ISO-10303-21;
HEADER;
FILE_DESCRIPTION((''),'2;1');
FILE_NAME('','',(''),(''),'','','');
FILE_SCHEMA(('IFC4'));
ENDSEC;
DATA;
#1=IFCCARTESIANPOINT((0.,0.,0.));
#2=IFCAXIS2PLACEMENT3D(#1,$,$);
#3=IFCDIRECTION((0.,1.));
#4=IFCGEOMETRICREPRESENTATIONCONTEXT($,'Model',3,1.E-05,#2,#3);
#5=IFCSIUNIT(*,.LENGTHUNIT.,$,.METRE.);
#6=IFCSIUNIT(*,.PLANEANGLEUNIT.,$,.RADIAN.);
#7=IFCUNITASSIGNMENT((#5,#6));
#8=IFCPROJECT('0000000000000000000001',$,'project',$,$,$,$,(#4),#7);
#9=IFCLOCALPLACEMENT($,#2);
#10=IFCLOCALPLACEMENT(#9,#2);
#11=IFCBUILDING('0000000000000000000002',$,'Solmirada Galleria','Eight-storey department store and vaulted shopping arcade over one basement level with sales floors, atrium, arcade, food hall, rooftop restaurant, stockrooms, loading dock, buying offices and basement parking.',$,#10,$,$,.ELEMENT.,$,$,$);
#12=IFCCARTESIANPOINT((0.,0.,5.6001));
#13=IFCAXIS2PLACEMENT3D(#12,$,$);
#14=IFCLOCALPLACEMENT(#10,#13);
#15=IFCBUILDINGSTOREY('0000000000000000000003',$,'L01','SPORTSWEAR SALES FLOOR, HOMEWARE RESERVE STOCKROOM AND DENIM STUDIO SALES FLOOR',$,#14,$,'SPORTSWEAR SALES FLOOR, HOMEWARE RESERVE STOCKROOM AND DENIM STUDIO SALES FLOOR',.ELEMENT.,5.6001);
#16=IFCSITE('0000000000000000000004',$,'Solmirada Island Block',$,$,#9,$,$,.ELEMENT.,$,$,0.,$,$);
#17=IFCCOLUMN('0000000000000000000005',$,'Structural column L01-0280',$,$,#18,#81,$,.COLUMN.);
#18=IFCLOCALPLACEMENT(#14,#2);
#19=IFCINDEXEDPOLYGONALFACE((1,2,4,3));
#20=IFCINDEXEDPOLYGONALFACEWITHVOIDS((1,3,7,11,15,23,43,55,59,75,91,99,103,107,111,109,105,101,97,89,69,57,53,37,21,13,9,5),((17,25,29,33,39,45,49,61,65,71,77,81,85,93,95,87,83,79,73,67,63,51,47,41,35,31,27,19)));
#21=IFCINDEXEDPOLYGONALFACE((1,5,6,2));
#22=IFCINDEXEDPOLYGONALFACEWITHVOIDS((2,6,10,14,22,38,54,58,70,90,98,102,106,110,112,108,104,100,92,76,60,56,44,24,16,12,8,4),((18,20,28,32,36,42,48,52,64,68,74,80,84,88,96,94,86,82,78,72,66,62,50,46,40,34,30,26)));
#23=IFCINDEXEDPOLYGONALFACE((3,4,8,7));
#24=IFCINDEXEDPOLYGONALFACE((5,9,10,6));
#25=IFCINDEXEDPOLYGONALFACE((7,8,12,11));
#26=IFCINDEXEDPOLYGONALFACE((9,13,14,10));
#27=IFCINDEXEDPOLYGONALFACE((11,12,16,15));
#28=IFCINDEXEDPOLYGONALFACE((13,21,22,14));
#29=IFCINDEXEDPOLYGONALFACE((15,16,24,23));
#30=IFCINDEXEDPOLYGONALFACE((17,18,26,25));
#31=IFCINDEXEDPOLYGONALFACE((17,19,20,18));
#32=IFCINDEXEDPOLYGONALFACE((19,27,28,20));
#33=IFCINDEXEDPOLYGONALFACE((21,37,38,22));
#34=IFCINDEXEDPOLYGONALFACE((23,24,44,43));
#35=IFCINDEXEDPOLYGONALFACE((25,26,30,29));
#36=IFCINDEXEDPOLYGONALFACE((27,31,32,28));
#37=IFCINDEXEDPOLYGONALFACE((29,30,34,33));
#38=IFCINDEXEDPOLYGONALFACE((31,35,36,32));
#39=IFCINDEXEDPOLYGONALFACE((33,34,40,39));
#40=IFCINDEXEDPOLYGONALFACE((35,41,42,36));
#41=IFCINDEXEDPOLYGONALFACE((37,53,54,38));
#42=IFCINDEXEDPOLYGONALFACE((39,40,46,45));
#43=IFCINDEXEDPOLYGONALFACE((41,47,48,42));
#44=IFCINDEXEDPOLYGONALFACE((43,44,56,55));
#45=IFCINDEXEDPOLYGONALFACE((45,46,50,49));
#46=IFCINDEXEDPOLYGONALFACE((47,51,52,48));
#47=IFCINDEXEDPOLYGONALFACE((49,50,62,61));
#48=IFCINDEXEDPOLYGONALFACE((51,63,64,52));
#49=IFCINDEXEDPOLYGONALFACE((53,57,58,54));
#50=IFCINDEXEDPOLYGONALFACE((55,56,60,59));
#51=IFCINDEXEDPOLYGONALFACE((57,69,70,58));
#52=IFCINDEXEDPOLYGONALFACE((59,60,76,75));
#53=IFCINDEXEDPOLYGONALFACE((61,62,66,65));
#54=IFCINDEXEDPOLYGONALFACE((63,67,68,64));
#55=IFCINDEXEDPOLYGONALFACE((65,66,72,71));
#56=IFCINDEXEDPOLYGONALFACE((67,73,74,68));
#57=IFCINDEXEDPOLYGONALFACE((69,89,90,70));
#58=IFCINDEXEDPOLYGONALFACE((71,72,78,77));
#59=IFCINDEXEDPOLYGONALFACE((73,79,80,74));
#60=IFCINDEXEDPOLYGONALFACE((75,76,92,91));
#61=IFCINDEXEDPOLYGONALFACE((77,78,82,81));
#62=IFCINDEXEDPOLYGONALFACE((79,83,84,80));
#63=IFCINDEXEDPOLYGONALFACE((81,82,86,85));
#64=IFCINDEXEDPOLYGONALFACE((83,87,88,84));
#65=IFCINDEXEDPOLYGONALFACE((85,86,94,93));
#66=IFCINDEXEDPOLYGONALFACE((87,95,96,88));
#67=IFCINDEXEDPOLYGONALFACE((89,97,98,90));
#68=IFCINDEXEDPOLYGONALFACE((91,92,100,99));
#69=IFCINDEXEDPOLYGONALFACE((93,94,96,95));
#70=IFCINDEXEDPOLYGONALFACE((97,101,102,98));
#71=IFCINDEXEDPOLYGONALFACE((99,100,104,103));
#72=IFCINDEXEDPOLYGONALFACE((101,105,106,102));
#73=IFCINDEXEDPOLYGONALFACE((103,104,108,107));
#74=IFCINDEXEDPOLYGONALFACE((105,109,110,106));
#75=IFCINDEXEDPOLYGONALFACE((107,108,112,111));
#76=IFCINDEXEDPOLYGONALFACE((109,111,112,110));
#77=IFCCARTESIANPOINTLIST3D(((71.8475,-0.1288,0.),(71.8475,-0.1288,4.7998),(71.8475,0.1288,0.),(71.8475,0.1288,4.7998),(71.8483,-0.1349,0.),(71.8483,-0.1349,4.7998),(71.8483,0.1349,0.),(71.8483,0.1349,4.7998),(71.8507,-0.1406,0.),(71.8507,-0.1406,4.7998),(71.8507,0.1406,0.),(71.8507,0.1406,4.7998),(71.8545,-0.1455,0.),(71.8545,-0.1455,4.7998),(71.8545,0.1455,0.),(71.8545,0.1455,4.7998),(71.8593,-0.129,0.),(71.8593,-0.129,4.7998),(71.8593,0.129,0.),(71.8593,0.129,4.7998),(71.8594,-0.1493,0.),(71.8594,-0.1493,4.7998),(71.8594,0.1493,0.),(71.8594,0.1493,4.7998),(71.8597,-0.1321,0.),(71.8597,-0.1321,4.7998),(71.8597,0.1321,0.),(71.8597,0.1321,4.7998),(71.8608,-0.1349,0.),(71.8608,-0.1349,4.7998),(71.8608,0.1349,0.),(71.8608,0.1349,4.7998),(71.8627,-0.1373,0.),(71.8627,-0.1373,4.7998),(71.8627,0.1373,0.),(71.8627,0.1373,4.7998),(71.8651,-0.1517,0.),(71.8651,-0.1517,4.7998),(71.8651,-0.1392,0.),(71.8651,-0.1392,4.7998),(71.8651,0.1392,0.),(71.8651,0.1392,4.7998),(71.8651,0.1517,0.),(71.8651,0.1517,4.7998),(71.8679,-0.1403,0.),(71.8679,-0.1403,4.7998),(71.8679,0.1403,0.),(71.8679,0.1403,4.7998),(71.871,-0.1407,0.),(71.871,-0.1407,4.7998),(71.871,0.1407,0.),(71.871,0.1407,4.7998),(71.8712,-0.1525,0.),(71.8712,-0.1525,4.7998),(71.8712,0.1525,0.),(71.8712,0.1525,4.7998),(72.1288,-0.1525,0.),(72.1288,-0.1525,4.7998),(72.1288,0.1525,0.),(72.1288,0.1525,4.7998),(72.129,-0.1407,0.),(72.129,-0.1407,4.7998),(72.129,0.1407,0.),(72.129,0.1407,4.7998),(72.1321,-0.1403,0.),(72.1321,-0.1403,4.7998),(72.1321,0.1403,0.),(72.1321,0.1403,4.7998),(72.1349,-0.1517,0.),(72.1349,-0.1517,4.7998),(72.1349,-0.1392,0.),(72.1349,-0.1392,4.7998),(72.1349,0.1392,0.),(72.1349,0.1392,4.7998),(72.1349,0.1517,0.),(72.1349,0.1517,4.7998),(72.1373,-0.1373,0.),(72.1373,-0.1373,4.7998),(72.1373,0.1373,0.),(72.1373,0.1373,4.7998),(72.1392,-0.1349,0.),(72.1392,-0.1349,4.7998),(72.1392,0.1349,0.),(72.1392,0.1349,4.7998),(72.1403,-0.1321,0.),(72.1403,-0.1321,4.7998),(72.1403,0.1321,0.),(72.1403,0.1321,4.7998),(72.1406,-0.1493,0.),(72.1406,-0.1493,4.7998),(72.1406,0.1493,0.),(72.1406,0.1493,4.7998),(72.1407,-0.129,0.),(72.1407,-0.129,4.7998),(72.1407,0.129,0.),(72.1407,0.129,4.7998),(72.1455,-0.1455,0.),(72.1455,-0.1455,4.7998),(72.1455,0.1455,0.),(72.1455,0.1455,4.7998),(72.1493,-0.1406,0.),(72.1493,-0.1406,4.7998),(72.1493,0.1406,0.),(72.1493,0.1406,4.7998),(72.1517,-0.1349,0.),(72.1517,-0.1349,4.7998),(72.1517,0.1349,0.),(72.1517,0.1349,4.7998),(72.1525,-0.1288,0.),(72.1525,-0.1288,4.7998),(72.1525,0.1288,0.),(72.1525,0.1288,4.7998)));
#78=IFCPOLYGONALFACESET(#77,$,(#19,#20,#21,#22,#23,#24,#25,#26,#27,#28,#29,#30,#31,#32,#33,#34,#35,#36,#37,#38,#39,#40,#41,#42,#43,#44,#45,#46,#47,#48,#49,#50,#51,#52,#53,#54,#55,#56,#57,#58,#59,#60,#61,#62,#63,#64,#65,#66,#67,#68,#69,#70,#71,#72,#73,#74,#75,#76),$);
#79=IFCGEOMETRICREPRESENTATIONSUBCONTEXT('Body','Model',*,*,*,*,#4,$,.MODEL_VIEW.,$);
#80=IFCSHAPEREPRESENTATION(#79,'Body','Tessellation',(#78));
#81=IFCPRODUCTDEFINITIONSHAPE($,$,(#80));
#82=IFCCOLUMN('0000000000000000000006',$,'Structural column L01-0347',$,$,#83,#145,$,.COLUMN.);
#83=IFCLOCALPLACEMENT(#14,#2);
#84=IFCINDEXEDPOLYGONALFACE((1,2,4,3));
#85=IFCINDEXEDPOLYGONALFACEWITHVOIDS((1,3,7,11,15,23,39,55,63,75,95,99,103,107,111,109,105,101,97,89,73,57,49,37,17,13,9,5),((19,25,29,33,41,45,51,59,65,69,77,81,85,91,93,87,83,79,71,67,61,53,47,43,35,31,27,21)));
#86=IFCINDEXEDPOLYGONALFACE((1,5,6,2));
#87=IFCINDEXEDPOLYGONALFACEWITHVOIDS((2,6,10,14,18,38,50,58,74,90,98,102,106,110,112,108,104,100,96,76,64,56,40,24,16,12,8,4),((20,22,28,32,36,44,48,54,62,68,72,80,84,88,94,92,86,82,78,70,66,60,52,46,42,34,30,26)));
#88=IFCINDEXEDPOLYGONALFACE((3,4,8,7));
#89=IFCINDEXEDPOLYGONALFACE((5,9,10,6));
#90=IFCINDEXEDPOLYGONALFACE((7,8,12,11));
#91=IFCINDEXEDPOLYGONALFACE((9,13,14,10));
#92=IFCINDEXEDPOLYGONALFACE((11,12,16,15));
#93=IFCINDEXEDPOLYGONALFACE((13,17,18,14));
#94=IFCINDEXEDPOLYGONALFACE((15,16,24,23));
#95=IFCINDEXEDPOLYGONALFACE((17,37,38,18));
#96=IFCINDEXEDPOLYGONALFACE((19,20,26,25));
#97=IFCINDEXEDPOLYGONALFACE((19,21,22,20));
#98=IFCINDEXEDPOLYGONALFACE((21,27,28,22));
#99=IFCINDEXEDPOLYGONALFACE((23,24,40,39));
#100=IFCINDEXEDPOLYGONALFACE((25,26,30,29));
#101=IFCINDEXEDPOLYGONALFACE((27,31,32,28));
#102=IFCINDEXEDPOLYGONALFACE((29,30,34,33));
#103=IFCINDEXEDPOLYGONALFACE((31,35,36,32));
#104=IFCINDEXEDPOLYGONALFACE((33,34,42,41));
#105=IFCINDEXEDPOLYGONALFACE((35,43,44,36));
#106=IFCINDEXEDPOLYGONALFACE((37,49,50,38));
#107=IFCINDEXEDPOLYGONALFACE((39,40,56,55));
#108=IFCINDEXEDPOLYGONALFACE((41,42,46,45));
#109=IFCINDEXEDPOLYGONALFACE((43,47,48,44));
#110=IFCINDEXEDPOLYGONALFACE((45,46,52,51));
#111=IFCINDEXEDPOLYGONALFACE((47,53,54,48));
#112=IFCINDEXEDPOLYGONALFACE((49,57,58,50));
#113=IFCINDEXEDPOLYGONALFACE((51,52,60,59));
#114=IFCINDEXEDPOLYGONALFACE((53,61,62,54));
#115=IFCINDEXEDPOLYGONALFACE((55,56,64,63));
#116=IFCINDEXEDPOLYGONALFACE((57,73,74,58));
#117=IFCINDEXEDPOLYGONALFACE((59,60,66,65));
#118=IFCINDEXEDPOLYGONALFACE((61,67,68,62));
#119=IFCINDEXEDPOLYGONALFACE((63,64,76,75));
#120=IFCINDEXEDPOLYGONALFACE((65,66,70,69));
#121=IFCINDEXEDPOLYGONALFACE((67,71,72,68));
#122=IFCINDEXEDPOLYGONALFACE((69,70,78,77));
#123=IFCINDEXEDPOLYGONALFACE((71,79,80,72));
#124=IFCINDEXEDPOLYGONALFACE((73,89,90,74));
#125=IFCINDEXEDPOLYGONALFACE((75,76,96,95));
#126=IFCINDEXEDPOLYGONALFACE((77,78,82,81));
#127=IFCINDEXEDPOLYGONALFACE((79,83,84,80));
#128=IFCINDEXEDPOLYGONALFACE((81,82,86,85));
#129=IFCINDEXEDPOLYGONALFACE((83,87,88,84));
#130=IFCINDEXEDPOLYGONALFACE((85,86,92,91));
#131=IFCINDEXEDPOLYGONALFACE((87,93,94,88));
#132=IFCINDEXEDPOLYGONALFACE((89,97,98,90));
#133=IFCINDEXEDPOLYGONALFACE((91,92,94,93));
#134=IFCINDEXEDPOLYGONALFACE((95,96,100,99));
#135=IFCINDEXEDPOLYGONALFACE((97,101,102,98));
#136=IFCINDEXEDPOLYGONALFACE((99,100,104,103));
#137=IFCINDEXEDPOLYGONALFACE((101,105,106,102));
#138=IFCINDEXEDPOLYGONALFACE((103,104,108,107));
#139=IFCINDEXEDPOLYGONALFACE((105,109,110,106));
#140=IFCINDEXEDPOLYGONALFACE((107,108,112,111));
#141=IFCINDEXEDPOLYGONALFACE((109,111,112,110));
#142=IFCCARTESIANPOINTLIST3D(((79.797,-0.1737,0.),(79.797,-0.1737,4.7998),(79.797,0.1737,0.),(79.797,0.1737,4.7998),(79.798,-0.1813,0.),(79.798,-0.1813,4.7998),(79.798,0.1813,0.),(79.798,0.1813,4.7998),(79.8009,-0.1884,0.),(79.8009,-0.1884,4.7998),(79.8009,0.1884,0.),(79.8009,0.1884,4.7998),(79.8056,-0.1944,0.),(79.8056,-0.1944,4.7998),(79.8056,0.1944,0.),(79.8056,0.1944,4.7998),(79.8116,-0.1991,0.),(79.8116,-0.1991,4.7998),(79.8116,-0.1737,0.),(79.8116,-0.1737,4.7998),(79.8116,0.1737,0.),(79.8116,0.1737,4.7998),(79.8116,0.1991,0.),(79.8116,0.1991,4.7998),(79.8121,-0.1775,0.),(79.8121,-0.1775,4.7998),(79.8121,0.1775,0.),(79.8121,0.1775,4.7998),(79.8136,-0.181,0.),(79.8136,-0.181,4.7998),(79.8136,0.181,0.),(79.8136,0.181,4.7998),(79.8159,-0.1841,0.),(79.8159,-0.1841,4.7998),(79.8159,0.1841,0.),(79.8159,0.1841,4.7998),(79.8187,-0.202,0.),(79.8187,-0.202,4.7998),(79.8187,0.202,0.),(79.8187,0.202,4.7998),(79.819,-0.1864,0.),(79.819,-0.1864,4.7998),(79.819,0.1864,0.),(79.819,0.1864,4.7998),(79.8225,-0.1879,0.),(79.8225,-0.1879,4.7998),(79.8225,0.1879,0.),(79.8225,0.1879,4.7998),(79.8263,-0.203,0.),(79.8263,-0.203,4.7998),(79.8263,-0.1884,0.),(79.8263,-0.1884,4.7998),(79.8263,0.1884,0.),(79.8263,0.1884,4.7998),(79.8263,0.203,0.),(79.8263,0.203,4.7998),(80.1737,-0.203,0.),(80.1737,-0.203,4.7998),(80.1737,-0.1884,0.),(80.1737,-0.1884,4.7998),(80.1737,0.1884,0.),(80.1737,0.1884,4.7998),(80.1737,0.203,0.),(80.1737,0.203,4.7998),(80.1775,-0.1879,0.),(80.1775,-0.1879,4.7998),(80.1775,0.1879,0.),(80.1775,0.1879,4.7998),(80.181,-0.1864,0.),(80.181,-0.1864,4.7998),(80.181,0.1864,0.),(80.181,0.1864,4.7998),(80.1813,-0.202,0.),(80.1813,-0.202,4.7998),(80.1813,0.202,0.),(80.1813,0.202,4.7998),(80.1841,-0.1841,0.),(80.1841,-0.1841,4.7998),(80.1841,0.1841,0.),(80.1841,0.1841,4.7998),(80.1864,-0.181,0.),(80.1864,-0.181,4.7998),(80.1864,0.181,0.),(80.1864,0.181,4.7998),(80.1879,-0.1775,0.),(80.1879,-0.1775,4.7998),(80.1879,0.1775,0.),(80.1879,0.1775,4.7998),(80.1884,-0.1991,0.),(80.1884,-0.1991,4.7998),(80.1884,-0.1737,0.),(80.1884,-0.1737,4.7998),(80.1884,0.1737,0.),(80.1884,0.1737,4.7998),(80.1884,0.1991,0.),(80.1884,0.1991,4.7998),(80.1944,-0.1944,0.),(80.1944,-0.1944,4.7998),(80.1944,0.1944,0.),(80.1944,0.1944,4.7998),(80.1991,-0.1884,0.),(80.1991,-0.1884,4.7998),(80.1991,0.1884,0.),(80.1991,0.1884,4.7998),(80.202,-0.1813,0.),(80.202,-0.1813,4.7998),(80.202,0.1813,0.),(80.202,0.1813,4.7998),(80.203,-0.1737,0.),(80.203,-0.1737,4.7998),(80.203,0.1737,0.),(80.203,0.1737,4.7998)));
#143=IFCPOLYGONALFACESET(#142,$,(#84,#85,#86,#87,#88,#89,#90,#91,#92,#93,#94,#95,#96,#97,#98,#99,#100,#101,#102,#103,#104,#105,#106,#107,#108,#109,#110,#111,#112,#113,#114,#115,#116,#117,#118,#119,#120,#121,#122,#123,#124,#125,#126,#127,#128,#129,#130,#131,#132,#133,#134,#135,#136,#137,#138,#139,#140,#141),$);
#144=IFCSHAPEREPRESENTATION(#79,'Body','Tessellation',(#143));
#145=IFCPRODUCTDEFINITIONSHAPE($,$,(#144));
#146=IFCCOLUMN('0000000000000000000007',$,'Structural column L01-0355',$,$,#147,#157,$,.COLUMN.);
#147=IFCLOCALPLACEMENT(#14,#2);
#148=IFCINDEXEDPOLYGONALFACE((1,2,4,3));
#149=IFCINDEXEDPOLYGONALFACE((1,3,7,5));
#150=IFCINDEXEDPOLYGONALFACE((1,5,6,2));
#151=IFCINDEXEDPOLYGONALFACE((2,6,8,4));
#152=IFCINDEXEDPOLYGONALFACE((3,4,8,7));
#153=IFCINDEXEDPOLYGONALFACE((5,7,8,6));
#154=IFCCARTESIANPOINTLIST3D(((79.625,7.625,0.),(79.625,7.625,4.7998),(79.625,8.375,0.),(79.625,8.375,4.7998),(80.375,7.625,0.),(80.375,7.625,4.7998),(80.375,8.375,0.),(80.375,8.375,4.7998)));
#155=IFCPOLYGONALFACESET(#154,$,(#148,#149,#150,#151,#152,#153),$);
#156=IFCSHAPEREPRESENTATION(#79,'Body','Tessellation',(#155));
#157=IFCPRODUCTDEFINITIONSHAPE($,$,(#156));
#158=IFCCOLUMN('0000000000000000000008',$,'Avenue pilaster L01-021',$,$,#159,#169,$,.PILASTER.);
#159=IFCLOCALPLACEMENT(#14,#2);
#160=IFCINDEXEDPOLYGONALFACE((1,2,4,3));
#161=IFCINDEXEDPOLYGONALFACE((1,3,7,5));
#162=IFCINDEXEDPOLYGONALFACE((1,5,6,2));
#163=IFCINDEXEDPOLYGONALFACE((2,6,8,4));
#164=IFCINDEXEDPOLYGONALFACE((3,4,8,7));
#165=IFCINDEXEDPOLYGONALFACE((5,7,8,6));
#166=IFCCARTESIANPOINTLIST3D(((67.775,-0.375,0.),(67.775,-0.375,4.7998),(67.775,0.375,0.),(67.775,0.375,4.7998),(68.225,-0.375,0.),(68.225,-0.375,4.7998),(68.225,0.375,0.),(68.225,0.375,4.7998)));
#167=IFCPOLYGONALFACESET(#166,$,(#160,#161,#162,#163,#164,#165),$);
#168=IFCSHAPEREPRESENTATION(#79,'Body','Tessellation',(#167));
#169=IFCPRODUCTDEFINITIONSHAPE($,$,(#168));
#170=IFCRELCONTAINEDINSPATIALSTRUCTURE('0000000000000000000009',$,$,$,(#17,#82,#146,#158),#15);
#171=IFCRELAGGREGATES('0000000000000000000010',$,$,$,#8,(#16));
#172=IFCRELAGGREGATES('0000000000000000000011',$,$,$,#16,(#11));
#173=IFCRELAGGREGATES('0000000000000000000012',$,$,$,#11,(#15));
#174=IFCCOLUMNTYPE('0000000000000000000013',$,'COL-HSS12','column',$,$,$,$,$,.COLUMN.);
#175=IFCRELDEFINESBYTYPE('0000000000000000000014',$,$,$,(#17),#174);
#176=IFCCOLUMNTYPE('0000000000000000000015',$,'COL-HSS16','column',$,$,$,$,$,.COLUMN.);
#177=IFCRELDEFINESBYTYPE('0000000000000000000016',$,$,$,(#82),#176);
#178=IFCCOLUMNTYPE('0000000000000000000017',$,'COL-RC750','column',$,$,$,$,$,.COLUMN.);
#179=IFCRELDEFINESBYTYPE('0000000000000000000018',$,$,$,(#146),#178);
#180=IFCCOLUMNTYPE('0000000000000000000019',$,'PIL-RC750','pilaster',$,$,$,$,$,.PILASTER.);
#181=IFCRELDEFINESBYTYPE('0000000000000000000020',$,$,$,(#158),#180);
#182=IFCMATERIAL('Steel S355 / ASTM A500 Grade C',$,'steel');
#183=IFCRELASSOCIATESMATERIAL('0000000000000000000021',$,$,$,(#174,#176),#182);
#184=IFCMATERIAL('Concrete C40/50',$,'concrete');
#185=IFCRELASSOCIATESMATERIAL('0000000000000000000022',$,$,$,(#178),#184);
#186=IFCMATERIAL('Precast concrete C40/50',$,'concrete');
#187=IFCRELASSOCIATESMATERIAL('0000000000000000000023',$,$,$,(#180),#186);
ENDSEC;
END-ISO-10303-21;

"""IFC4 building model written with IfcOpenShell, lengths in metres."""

from ifc_helpers import new_model, si_unit, direction, frame, origin, origin_2d, place, context, subcontext, project, spatial, rectangle, hollow_rectangle, extrude, material, material_profile, profile_set, type_object, element, save


model = new_model("IFC4")

# Units and contexts
model_context = context("Model", 3, precision=1e-05, world=origin(), true_north=direction((0.0, 1.0)))
body_context = subcontext(model_context, "Body", "Model", "MODEL_VIEW")
ifc_project = project(units=[si_unit("LENGTHUNIT", "METRE"), si_unit("PLANEANGLEUNIT", "RADIAN")], contexts=[model_context])

# Site, building, storey
site_placement = place(None, origin())
site = spatial("IfcSite", under=ifc_project, at=site_placement, Name="Solmirada Island Block", CompositionType="ELEMENT", RefElevation=0.0)
building_placement = place(site_placement, origin())
building = spatial("IfcBuilding", under=site, at=building_placement, Name="Solmirada Galleria", Description="Eight-storey department store and vaulted shopping arcade over one basement level with sales floors, atrium, arcade, food hall, rooftop restaurant, stockrooms, loading dock, buying offices and basement parking.", CompositionType="ELEMENT")
storey_placement = place(building_placement, frame((0.0, 0.0, 5.6001)))
storey = spatial("IfcBuildingStorey", under=building, at=storey_placement, Name="L01", Description="SPORTSWEAR SALES FLOOR, HOMEWARE RESERVE STOCKROOM AND DENIM STUDIO SALES FLOOR", LongName="SPORTSWEAR SALES FLOOR, HOMEWARE RESERVE STOCKROOM AND DENIM STUDIO SALES FLOOR", CompositionType="ELEMENT", Elevation=5.6001)

# Columns
ifc_material_1 = material(Name="Steel S355 / ASTM A500 Grade C", Category="steel")
ifc_material_profile_1 = material_profile(ifc_material_1, hollow_rectangle(XDim=0.3049, YDim=0.3049, WallThickness=0.0117, InnerFilletRadius=0.0117, OuterFilletRadius=0.0237, at=origin_2d()), Name="HSS12X12X1/2")
ifc_profile_set_1 = profile_set([ifc_material_profile_1], Name="Steel S355 / ASTM A500 Grade C")
column_type_1 = type_object("IfcColumnType", Name="COL-HSS12", Description="column", PredefinedType="COLUMN", material=ifc_profile_set_1)
column_1_placement = place(storey_placement, frame((72.0, 0.0, 0.0), z_axis=(0.0, 0.0, 1.0), x_axis=(1.0, 0.0, 0.0)))
element("IfcColumn", 1, at=column_1_placement, inside=storey, type_object=column_type_1, Name="Structural column L01-0280", PredefinedType="COLUMN", context=body_context, shape_type="SweptSolid", body=[
    extrude(hollow_rectangle(XDim=0.3049, YDim=0.3049, WallThickness=0.0117, InnerFilletRadius=0.0117, OuterFilletRadius=0.0237, at=origin_2d()), origin(), (0.0, 0.0, 1.0), 4.7998),
])
ifc_material_profile_2 = material_profile(ifc_material_1, hollow_rectangle(XDim=0.406, YDim=0.406, WallThickness=0.0146, InnerFilletRadius=0.0146, OuterFilletRadius=0.0293, at=origin_2d()), Name="HSS16X16X5/8")
ifc_profile_set_2 = profile_set([ifc_material_profile_2], Name="Steel S355 / ASTM A500 Grade C")
column_type_2 = type_object("IfcColumnType", Name="COL-HSS16", Description="column", PredefinedType="COLUMN", material=ifc_profile_set_2)
column_2_placement = place(storey_placement, frame((80.0, 0.0, 0.0), z_axis=(0.0, 0.0, 1.0), x_axis=(1.0, 0.0, 0.0)))
element("IfcColumn", 2, at=column_2_placement, inside=storey, type_object=column_type_2, Name="Structural column L01-0347", PredefinedType="COLUMN", context=body_context, shape_type="SweptSolid", body=[
    extrude(hollow_rectangle(XDim=0.406, YDim=0.406, WallThickness=0.0146, InnerFilletRadius=0.0146, OuterFilletRadius=0.0293, at=origin_2d()), origin(), (0.0, 0.0, 1.0), 4.7998),
])
ifc_material_2 = material(Name="Concrete C40/50", Category="concrete")
ifc_material_profile_3 = material_profile(ifc_material_2, rectangle(XDim=0.75, YDim=0.75, at=origin_2d()), Name="RC750X750")
ifc_profile_set_3 = profile_set([ifc_material_profile_3], Name="Concrete C40/50")
column_type_3 = type_object("IfcColumnType", Name="COL-RC750", Description="column", PredefinedType="COLUMN", material=ifc_profile_set_3)
column_3_placement = place(storey_placement, frame((80.0, 8.0, 0.0), z_axis=(0.0, 0.0, 1.0), x_axis=(1.0, 0.0, 0.0)))
element("IfcColumn", 3, at=column_3_placement, inside=storey, type_object=column_type_3, Name="Structural column L01-0355", PredefinedType="COLUMN", context=body_context, shape_type="SweptSolid", body=[
    extrude(rectangle(XDim=0.75, YDim=0.75, at=origin_2d()), origin(), (0.0, 0.0, 1.0), 4.7998),
])
ifc_material_3 = material(Name="Precast concrete C40/50", Category="concrete")
ifc_material_profile_4 = material_profile(ifc_material_3, rectangle(XDim=0.45, YDim=0.75, at=origin_2d()), Name="RC750X450")
ifc_profile_set_4 = profile_set([ifc_material_profile_4], Name="Precast concrete C40/50")
column_type_4 = type_object("IfcColumnType", Name="PIL-RC750", Description="pilaster", PredefinedType="PILASTER", material=ifc_profile_set_4)
column_4_placement = place(storey_placement, frame((68.0, 0.0, 0.0), z_axis=(0.0, 0.0, 1.0), x_axis=(1.0, 0.0, 0.0)))
element("IfcColumn", 4, at=column_4_placement, inside=storey, type_object=column_type_4, Name="Avenue pilaster L01-021", PredefinedType="PILASTER", context=body_context, shape_type="SweptSolid", body=[
    extrude(rectangle(XDim=0.45, YDim=0.75, at=origin_2d()), origin(), (0.0, 0.0, 1.0), 4.7998),
])

save(model, "model.ifc")
